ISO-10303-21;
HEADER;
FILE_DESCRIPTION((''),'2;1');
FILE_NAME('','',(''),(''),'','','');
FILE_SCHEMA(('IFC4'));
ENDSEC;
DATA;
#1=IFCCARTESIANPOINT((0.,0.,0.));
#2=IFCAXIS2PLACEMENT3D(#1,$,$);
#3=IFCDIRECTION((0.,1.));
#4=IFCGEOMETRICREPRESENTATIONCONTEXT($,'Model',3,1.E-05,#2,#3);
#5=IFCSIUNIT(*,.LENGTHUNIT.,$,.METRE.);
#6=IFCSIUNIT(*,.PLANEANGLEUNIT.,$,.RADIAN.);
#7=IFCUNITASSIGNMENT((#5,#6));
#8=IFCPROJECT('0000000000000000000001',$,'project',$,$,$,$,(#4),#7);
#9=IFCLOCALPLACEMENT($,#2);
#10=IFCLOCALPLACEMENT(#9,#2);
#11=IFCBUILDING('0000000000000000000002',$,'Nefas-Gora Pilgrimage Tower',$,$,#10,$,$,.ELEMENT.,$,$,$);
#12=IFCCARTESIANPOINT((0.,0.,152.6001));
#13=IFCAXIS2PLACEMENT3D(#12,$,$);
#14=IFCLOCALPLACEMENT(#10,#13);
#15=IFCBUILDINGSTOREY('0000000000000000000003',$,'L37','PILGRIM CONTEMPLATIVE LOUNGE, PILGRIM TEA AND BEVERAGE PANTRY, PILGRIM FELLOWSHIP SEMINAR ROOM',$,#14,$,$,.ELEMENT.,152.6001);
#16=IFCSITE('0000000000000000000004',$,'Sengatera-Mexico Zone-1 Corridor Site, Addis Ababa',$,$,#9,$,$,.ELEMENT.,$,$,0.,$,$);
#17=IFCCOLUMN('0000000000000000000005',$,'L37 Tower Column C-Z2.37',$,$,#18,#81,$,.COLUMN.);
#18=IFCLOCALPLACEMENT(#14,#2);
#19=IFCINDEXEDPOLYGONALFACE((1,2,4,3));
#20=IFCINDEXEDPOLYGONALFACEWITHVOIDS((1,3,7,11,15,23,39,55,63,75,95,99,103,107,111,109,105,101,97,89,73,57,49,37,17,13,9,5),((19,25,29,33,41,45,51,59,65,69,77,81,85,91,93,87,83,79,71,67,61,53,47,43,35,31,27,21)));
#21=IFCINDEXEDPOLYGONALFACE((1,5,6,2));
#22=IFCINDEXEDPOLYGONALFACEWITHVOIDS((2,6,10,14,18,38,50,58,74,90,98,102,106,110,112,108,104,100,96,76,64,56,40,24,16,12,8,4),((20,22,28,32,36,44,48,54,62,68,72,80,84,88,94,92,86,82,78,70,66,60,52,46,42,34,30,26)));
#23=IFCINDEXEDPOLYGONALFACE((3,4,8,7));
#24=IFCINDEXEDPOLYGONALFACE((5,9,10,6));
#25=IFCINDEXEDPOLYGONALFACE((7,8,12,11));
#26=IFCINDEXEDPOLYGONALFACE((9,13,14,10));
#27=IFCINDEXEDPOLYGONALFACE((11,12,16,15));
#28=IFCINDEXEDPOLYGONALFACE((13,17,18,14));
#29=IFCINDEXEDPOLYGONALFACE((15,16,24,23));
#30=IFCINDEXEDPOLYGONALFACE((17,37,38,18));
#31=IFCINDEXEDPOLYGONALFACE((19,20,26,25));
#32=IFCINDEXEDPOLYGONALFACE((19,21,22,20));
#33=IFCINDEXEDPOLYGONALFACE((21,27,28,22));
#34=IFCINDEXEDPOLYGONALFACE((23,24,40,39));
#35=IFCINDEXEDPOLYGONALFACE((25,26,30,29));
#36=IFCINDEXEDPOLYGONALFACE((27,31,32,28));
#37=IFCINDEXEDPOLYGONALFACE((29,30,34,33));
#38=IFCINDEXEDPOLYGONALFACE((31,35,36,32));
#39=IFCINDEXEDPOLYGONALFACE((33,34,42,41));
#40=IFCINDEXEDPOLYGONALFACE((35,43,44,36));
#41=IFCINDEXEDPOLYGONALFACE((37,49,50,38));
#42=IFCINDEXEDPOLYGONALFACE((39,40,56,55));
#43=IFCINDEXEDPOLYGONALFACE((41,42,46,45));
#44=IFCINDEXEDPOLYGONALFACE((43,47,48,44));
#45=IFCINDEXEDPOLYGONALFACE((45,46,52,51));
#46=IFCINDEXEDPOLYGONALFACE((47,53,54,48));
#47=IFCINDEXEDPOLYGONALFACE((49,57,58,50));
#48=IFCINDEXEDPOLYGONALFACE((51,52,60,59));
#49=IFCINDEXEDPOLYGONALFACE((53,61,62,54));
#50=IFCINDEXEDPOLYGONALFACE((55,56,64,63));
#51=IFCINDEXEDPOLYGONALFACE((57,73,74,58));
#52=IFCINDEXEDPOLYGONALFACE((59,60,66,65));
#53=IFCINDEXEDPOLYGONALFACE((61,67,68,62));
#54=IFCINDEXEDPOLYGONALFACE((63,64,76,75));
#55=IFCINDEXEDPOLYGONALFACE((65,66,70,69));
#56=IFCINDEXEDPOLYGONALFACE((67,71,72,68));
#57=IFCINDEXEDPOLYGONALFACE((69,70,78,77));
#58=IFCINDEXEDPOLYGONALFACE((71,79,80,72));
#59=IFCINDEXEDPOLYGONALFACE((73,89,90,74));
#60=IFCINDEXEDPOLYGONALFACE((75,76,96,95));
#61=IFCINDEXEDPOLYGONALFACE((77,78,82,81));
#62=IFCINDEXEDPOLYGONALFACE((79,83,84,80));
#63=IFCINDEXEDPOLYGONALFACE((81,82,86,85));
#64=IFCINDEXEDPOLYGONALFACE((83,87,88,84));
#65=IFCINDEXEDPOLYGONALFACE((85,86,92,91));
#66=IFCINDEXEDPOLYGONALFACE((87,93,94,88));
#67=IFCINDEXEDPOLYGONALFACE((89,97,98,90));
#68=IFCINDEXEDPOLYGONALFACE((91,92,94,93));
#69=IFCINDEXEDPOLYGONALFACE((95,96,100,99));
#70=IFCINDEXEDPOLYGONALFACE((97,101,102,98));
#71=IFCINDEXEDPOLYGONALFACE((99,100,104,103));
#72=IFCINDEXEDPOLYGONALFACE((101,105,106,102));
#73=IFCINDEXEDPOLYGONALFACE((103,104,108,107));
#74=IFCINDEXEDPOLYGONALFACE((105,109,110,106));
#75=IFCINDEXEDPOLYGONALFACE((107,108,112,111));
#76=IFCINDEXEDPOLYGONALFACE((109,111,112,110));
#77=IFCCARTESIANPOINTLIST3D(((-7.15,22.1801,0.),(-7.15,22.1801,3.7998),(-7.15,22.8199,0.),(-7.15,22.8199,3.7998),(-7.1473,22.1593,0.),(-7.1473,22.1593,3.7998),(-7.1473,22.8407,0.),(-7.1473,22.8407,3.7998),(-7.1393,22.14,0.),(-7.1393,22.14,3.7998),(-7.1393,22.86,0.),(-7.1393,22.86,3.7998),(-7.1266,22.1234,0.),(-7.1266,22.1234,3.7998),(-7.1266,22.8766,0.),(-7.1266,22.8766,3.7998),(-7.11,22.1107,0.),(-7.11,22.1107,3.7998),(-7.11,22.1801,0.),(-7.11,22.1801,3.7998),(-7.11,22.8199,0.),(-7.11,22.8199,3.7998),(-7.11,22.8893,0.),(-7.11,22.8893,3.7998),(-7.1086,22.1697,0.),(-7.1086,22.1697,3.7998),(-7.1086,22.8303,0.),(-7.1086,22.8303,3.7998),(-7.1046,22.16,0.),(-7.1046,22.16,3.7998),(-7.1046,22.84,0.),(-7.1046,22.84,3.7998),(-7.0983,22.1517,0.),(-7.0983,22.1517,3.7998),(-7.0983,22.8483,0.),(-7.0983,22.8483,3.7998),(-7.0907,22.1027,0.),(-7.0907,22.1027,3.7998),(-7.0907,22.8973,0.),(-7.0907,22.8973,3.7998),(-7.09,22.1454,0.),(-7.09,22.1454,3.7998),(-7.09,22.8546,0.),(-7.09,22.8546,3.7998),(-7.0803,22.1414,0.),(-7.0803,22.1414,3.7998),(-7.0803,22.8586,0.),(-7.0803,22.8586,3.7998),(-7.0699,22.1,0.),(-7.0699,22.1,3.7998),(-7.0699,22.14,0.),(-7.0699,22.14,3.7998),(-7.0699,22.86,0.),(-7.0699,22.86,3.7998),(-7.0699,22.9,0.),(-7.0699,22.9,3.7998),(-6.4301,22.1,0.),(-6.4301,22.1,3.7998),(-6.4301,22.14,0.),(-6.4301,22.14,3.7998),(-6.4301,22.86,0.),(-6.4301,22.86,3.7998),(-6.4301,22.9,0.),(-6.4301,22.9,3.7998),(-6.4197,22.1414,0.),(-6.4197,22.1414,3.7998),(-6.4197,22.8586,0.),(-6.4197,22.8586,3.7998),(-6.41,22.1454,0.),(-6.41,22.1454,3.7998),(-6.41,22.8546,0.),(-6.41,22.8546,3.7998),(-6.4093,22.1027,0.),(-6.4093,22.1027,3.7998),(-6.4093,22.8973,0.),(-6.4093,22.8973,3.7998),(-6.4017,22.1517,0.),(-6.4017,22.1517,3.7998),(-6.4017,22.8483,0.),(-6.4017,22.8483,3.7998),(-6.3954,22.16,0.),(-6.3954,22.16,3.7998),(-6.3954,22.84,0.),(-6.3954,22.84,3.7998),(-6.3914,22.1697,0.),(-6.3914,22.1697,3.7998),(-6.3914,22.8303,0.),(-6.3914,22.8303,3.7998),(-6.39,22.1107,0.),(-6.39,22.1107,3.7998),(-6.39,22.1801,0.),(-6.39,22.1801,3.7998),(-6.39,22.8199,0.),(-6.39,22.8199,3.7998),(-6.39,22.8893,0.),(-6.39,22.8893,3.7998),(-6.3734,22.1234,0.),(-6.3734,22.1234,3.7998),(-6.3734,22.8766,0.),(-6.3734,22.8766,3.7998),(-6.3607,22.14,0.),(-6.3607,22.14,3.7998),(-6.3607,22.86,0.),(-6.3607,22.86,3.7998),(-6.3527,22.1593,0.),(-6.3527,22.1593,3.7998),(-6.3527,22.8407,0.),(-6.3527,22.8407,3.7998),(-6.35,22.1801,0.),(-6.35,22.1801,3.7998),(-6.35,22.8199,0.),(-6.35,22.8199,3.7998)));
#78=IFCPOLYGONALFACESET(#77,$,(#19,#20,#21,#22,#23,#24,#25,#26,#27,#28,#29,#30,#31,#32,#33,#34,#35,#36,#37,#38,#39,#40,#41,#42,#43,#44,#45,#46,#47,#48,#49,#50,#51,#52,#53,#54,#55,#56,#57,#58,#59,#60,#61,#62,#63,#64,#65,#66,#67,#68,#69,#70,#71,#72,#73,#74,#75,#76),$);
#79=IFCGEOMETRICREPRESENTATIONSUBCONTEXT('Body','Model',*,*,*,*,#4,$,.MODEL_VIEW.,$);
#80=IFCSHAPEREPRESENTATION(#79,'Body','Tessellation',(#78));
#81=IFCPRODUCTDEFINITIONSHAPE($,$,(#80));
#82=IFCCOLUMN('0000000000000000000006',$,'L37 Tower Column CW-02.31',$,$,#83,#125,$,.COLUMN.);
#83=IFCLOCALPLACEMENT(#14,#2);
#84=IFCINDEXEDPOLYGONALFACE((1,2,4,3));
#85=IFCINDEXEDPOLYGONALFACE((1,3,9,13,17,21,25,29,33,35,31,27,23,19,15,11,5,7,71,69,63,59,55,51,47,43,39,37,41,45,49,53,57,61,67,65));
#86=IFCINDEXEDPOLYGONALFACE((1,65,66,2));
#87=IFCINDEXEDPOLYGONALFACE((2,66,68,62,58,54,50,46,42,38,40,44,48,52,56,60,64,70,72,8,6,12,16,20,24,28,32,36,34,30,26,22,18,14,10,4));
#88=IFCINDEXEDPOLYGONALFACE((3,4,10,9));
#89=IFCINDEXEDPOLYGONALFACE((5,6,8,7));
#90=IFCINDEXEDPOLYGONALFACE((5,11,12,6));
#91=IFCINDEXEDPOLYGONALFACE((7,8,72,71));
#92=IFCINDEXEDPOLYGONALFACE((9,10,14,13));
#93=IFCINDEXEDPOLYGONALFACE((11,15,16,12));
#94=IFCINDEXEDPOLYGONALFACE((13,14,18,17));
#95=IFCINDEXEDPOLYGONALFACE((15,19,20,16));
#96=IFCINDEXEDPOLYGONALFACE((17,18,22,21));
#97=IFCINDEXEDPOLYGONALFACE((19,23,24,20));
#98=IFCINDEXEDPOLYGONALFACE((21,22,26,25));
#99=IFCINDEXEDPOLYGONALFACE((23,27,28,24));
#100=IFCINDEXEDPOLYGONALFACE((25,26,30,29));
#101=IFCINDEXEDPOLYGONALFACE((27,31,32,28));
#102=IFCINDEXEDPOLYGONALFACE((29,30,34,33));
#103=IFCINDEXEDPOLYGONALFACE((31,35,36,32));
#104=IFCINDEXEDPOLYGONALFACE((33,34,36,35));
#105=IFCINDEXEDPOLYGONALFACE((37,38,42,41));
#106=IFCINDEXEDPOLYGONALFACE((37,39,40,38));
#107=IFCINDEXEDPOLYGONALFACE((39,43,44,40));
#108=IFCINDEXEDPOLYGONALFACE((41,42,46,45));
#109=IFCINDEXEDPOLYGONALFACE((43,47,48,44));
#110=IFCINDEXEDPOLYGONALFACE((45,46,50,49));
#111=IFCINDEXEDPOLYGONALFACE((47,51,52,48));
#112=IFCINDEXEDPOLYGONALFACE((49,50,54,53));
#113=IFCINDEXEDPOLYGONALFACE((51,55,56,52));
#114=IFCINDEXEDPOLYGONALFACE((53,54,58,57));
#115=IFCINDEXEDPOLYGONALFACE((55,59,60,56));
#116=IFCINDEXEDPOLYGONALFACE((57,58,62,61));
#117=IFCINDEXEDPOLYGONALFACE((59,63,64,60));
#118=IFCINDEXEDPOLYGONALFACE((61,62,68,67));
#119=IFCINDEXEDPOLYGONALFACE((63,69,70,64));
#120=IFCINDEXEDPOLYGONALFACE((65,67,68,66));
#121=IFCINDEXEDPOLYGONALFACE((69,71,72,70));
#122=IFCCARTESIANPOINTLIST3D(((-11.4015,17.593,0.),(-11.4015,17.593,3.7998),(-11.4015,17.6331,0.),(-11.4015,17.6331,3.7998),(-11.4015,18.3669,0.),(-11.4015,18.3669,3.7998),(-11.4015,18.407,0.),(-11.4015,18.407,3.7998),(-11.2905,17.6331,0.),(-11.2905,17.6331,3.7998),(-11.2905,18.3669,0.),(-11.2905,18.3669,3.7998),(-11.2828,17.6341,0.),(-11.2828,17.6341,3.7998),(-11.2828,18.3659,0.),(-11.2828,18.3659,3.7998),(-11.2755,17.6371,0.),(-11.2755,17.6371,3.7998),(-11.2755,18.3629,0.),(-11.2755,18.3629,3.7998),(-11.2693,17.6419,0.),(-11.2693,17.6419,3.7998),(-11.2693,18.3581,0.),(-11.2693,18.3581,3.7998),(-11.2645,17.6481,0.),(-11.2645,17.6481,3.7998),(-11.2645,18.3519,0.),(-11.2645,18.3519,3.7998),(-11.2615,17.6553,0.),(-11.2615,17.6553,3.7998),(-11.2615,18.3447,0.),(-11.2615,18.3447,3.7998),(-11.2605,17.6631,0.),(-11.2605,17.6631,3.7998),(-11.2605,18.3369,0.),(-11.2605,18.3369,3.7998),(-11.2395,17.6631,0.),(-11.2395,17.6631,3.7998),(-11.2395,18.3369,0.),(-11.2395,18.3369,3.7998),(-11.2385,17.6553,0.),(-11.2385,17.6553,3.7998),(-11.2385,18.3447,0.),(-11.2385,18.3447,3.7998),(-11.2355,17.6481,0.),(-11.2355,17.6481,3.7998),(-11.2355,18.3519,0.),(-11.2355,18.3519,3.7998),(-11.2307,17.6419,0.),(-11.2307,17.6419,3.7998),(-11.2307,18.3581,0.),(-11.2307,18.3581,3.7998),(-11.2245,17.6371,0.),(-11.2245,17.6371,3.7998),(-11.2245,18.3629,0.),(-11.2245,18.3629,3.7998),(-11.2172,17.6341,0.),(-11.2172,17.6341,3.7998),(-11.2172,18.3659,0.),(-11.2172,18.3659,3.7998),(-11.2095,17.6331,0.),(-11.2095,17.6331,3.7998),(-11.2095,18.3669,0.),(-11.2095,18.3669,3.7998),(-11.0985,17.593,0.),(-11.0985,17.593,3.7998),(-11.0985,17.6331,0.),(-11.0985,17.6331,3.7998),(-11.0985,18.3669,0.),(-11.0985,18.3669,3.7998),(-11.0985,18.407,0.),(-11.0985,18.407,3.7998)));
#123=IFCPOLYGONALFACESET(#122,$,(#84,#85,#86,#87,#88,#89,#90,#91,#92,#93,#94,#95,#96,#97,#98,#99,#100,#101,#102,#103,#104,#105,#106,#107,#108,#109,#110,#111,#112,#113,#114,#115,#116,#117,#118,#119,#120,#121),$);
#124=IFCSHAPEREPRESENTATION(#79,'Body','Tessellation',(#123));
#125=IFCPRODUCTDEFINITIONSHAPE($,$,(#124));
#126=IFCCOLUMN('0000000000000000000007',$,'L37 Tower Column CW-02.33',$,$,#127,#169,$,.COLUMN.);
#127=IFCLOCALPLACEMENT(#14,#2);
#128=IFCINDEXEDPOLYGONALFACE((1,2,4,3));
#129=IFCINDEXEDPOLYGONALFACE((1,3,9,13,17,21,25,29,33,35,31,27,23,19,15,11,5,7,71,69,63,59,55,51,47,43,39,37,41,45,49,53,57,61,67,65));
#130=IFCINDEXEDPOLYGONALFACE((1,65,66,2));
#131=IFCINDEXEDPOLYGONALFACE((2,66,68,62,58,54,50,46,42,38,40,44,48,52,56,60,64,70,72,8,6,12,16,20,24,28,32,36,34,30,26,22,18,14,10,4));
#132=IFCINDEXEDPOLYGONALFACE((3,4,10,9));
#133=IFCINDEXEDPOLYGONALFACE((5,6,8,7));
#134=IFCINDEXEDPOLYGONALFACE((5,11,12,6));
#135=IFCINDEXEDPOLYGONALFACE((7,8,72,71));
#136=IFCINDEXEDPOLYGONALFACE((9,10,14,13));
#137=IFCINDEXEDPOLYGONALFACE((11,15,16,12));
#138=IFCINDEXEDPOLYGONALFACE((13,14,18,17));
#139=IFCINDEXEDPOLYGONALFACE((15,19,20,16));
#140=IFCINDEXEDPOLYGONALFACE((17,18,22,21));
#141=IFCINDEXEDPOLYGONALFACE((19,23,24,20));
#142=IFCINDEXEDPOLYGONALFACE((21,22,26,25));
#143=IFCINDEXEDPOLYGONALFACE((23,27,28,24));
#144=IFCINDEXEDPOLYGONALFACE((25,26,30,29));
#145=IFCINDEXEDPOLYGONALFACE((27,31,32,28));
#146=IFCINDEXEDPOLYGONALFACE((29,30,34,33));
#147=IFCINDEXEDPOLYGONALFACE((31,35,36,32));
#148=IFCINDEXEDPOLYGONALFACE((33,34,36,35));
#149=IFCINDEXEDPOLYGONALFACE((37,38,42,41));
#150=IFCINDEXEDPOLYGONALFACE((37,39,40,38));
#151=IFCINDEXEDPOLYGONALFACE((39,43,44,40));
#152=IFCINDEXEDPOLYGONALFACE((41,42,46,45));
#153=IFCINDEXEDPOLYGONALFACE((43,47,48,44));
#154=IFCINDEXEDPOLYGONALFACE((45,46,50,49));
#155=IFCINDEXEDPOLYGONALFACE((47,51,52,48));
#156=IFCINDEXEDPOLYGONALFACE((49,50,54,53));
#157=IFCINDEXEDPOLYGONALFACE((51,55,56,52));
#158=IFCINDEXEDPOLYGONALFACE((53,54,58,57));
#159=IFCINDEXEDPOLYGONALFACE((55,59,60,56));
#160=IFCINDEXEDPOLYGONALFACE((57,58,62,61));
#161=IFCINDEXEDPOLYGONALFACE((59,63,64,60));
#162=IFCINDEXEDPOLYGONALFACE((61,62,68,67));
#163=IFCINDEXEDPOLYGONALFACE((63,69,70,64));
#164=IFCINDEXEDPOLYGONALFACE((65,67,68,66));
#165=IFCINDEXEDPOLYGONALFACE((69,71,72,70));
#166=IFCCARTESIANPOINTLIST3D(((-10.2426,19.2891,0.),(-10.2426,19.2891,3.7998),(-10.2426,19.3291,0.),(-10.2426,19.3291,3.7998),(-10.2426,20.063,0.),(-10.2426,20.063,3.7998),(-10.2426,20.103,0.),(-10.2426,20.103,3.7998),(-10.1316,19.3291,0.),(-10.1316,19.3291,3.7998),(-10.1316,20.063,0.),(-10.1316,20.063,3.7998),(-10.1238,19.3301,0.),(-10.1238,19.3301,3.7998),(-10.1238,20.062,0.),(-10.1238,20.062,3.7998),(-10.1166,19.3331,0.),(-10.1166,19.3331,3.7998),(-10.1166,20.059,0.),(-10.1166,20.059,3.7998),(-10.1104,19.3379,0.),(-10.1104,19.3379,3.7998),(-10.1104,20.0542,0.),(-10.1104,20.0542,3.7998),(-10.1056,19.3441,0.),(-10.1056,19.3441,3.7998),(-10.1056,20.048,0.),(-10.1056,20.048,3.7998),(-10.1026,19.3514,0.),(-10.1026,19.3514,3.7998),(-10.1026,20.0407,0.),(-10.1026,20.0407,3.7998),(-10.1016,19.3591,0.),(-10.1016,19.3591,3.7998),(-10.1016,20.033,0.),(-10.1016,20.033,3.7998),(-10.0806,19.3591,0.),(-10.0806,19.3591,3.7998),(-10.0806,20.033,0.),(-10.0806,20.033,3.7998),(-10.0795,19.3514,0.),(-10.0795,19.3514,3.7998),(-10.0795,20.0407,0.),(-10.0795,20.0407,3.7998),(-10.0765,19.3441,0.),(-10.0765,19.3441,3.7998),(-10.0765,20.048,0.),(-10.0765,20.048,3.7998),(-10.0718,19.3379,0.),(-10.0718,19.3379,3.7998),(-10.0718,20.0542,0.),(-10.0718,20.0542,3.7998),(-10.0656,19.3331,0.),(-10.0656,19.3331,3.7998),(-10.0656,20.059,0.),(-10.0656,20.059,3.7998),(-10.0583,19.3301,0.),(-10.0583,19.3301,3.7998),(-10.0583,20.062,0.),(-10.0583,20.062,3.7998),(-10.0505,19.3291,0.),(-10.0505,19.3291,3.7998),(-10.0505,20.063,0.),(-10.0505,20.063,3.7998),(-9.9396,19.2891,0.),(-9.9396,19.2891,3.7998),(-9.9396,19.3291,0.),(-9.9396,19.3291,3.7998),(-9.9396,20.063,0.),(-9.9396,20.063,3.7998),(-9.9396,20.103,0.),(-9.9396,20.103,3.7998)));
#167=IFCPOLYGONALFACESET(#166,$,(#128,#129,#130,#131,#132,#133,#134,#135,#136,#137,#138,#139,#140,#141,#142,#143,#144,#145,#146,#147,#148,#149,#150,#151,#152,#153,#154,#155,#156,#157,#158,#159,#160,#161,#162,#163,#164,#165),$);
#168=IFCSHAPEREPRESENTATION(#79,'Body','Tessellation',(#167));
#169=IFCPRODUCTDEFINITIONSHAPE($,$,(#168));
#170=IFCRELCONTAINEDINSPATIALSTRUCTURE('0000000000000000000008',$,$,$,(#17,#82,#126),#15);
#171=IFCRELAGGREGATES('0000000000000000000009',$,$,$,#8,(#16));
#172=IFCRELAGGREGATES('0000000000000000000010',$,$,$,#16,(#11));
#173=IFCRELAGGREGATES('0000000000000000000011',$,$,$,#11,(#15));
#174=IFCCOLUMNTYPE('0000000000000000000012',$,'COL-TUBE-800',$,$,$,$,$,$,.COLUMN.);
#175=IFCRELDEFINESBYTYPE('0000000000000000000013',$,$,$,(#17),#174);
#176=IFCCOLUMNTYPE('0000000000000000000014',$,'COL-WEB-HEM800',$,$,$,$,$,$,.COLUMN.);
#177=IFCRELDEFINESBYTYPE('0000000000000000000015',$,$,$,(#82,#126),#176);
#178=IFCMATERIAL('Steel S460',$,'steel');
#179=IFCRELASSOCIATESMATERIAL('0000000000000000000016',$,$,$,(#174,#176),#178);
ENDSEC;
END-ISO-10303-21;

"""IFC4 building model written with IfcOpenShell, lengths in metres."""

from ifc_helpers import new_model, si_unit, direction, frame, origin, origin_2d, place, context, subcontext, project, spatial, hollow_rectangle, i_section, extrude, source, transform, mapped, material, material_profile, profile_set, type_object, element, save


model = new_model("IFC4")

# Units and contexts
model_context = context("Model", 3, precision=1e-05, world=origin(), true_north=direction((0.0, 1.0)))
body_context = subcontext(model_context, "Body", "Model", "MODEL_VIEW")
ifc_project = project(units=[si_unit("LENGTHUNIT", "METRE"), si_unit("PLANEANGLEUNIT", "RADIAN")], contexts=[model_context])

# Site, building, storey
site_placement = place(None, origin())
site = spatial("IfcSite", under=ifc_project, at=site_placement, Name="Sengatera-Mexico Zone-1 Corridor Site, Addis Ababa", CompositionType="ELEMENT", RefElevation=0.0)
building_placement = place(site_placement, origin())
building = spatial("IfcBuilding", under=site, at=building_placement, Name="Nefas-Gora Pilgrimage Tower", CompositionType="ELEMENT")
storey_placement = place(building_placement, frame((0.0, 0.0, 152.6001)))
storey = spatial("IfcBuildingStorey", under=building, at=storey_placement, Name="L37", Description="PILGRIM CONTEMPLATIVE LOUNGE, PILGRIM TEA AND BEVERAGE PANTRY, PILGRIM FELLOWSHIP SEMINAR ROOM", CompositionType="ELEMENT", Elevation=152.6001)

# Columns
ifc_material_1 = material(Name="Steel S460", Category="steel")
ifc_material_profile_1 = material_profile(ifc_material_1, hollow_rectangle(XDim=0.8, YDim=0.8, WallThickness=0.04, InnerFilletRadius=0.04, OuterFilletRadius=0.0801, at=origin_2d()), Name="BOX 800x800x40")
ifc_profile_set_1 = profile_set([ifc_material_profile_1], Name="Steel S460")
column_type_1 = type_object("IfcColumnType", Name="COL-TUBE-800", PredefinedType="COLUMN", material=ifc_profile_set_1)
shared_shape_1 = source(origin(), body_context, "Body", "SweptSolid", [
    extrude(hollow_rectangle(XDim=0.8, YDim=0.8, WallThickness=0.04, InnerFilletRadius=0.04, OuterFilletRadius=0.0801, at=origin_2d()), origin(), (0.0, 0.0, 1.0), 3.7998),
])
column_placement = place(storey_placement, frame((-6.75, 22.5, 0.0), z_axis=(0.0, 0.0, 1.0), x_axis=(1.0, 0.0, 0.0)))
element("IfcColumn", 1, at=column_placement, inside=storey, type_object=column_type_1, Name="L37 Tower Column C-Z2.37", PredefinedType="COLUMN", context=body_context, shape_type="MappedRepresentation", body=[
    mapped(shared_shape_1, transform((0.0, 0.0, 0.0), x_axis=(1.0, 0.0, 0.0), y_axis=(0.0, 1.0, 0.0), z_axis=(0.0, 0.0, 1.0), scale=1.0)),
])
ifc_material_profile_2 = material_profile(ifc_material_1, i_section(OverallWidth=0.303, OverallDepth=0.814, WebThickness=0.021, FlangeThickness=0.04, FilletRadius=0.03, at=origin_2d()), Name="HEM 800")
ifc_profile_set_2 = profile_set([ifc_material_profile_2], Name="Steel S460")
column_type_2 = type_object("IfcColumnType", Name="COL-WEB-HEM800", PredefinedType="COLUMN", material=ifc_profile_set_2)
shared_shape_2 = source(origin(), body_context, "Body", "SweptSolid", [
    extrude(i_section(OverallWidth=0.303, OverallDepth=0.814, WebThickness=0.021, FlangeThickness=0.04, FilletRadius=0.03, at=origin_2d()), origin(), (0.0, 0.0, 1.0), 3.7998),
])
for number, where, z_axis, x_axis, name in (
    (2, (-11.25, 18.0, 0.0), (0.0, 0.0, 1.0), (1.0, 0.0, 0.0), "L37 Tower Column CW-02.31"),
    (3, (-10.0911, 19.696, 0.0), (0.0, 0.0, 1.0), (1.0, 0.0, 0.0), "L37 Tower Column CW-02.33"),
):
    element("IfcColumn", number, at=place(storey_placement, frame(where, z_axis=z_axis, x_axis=x_axis)), inside=storey, type_object=column_type_2, Name=name, PredefinedType="COLUMN", context=body_context, shape_type="MappedRepresentation", body=[
        mapped(shared_shape_2, transform((0.0, 0.0, 0.0), x_axis=(1.0, 0.0, 0.0), y_axis=(0.0, 1.0, 0.0), z_axis=(0.0, 0.0, 1.0), scale=1.0)),
    ])

save(model, "model.ifc")
